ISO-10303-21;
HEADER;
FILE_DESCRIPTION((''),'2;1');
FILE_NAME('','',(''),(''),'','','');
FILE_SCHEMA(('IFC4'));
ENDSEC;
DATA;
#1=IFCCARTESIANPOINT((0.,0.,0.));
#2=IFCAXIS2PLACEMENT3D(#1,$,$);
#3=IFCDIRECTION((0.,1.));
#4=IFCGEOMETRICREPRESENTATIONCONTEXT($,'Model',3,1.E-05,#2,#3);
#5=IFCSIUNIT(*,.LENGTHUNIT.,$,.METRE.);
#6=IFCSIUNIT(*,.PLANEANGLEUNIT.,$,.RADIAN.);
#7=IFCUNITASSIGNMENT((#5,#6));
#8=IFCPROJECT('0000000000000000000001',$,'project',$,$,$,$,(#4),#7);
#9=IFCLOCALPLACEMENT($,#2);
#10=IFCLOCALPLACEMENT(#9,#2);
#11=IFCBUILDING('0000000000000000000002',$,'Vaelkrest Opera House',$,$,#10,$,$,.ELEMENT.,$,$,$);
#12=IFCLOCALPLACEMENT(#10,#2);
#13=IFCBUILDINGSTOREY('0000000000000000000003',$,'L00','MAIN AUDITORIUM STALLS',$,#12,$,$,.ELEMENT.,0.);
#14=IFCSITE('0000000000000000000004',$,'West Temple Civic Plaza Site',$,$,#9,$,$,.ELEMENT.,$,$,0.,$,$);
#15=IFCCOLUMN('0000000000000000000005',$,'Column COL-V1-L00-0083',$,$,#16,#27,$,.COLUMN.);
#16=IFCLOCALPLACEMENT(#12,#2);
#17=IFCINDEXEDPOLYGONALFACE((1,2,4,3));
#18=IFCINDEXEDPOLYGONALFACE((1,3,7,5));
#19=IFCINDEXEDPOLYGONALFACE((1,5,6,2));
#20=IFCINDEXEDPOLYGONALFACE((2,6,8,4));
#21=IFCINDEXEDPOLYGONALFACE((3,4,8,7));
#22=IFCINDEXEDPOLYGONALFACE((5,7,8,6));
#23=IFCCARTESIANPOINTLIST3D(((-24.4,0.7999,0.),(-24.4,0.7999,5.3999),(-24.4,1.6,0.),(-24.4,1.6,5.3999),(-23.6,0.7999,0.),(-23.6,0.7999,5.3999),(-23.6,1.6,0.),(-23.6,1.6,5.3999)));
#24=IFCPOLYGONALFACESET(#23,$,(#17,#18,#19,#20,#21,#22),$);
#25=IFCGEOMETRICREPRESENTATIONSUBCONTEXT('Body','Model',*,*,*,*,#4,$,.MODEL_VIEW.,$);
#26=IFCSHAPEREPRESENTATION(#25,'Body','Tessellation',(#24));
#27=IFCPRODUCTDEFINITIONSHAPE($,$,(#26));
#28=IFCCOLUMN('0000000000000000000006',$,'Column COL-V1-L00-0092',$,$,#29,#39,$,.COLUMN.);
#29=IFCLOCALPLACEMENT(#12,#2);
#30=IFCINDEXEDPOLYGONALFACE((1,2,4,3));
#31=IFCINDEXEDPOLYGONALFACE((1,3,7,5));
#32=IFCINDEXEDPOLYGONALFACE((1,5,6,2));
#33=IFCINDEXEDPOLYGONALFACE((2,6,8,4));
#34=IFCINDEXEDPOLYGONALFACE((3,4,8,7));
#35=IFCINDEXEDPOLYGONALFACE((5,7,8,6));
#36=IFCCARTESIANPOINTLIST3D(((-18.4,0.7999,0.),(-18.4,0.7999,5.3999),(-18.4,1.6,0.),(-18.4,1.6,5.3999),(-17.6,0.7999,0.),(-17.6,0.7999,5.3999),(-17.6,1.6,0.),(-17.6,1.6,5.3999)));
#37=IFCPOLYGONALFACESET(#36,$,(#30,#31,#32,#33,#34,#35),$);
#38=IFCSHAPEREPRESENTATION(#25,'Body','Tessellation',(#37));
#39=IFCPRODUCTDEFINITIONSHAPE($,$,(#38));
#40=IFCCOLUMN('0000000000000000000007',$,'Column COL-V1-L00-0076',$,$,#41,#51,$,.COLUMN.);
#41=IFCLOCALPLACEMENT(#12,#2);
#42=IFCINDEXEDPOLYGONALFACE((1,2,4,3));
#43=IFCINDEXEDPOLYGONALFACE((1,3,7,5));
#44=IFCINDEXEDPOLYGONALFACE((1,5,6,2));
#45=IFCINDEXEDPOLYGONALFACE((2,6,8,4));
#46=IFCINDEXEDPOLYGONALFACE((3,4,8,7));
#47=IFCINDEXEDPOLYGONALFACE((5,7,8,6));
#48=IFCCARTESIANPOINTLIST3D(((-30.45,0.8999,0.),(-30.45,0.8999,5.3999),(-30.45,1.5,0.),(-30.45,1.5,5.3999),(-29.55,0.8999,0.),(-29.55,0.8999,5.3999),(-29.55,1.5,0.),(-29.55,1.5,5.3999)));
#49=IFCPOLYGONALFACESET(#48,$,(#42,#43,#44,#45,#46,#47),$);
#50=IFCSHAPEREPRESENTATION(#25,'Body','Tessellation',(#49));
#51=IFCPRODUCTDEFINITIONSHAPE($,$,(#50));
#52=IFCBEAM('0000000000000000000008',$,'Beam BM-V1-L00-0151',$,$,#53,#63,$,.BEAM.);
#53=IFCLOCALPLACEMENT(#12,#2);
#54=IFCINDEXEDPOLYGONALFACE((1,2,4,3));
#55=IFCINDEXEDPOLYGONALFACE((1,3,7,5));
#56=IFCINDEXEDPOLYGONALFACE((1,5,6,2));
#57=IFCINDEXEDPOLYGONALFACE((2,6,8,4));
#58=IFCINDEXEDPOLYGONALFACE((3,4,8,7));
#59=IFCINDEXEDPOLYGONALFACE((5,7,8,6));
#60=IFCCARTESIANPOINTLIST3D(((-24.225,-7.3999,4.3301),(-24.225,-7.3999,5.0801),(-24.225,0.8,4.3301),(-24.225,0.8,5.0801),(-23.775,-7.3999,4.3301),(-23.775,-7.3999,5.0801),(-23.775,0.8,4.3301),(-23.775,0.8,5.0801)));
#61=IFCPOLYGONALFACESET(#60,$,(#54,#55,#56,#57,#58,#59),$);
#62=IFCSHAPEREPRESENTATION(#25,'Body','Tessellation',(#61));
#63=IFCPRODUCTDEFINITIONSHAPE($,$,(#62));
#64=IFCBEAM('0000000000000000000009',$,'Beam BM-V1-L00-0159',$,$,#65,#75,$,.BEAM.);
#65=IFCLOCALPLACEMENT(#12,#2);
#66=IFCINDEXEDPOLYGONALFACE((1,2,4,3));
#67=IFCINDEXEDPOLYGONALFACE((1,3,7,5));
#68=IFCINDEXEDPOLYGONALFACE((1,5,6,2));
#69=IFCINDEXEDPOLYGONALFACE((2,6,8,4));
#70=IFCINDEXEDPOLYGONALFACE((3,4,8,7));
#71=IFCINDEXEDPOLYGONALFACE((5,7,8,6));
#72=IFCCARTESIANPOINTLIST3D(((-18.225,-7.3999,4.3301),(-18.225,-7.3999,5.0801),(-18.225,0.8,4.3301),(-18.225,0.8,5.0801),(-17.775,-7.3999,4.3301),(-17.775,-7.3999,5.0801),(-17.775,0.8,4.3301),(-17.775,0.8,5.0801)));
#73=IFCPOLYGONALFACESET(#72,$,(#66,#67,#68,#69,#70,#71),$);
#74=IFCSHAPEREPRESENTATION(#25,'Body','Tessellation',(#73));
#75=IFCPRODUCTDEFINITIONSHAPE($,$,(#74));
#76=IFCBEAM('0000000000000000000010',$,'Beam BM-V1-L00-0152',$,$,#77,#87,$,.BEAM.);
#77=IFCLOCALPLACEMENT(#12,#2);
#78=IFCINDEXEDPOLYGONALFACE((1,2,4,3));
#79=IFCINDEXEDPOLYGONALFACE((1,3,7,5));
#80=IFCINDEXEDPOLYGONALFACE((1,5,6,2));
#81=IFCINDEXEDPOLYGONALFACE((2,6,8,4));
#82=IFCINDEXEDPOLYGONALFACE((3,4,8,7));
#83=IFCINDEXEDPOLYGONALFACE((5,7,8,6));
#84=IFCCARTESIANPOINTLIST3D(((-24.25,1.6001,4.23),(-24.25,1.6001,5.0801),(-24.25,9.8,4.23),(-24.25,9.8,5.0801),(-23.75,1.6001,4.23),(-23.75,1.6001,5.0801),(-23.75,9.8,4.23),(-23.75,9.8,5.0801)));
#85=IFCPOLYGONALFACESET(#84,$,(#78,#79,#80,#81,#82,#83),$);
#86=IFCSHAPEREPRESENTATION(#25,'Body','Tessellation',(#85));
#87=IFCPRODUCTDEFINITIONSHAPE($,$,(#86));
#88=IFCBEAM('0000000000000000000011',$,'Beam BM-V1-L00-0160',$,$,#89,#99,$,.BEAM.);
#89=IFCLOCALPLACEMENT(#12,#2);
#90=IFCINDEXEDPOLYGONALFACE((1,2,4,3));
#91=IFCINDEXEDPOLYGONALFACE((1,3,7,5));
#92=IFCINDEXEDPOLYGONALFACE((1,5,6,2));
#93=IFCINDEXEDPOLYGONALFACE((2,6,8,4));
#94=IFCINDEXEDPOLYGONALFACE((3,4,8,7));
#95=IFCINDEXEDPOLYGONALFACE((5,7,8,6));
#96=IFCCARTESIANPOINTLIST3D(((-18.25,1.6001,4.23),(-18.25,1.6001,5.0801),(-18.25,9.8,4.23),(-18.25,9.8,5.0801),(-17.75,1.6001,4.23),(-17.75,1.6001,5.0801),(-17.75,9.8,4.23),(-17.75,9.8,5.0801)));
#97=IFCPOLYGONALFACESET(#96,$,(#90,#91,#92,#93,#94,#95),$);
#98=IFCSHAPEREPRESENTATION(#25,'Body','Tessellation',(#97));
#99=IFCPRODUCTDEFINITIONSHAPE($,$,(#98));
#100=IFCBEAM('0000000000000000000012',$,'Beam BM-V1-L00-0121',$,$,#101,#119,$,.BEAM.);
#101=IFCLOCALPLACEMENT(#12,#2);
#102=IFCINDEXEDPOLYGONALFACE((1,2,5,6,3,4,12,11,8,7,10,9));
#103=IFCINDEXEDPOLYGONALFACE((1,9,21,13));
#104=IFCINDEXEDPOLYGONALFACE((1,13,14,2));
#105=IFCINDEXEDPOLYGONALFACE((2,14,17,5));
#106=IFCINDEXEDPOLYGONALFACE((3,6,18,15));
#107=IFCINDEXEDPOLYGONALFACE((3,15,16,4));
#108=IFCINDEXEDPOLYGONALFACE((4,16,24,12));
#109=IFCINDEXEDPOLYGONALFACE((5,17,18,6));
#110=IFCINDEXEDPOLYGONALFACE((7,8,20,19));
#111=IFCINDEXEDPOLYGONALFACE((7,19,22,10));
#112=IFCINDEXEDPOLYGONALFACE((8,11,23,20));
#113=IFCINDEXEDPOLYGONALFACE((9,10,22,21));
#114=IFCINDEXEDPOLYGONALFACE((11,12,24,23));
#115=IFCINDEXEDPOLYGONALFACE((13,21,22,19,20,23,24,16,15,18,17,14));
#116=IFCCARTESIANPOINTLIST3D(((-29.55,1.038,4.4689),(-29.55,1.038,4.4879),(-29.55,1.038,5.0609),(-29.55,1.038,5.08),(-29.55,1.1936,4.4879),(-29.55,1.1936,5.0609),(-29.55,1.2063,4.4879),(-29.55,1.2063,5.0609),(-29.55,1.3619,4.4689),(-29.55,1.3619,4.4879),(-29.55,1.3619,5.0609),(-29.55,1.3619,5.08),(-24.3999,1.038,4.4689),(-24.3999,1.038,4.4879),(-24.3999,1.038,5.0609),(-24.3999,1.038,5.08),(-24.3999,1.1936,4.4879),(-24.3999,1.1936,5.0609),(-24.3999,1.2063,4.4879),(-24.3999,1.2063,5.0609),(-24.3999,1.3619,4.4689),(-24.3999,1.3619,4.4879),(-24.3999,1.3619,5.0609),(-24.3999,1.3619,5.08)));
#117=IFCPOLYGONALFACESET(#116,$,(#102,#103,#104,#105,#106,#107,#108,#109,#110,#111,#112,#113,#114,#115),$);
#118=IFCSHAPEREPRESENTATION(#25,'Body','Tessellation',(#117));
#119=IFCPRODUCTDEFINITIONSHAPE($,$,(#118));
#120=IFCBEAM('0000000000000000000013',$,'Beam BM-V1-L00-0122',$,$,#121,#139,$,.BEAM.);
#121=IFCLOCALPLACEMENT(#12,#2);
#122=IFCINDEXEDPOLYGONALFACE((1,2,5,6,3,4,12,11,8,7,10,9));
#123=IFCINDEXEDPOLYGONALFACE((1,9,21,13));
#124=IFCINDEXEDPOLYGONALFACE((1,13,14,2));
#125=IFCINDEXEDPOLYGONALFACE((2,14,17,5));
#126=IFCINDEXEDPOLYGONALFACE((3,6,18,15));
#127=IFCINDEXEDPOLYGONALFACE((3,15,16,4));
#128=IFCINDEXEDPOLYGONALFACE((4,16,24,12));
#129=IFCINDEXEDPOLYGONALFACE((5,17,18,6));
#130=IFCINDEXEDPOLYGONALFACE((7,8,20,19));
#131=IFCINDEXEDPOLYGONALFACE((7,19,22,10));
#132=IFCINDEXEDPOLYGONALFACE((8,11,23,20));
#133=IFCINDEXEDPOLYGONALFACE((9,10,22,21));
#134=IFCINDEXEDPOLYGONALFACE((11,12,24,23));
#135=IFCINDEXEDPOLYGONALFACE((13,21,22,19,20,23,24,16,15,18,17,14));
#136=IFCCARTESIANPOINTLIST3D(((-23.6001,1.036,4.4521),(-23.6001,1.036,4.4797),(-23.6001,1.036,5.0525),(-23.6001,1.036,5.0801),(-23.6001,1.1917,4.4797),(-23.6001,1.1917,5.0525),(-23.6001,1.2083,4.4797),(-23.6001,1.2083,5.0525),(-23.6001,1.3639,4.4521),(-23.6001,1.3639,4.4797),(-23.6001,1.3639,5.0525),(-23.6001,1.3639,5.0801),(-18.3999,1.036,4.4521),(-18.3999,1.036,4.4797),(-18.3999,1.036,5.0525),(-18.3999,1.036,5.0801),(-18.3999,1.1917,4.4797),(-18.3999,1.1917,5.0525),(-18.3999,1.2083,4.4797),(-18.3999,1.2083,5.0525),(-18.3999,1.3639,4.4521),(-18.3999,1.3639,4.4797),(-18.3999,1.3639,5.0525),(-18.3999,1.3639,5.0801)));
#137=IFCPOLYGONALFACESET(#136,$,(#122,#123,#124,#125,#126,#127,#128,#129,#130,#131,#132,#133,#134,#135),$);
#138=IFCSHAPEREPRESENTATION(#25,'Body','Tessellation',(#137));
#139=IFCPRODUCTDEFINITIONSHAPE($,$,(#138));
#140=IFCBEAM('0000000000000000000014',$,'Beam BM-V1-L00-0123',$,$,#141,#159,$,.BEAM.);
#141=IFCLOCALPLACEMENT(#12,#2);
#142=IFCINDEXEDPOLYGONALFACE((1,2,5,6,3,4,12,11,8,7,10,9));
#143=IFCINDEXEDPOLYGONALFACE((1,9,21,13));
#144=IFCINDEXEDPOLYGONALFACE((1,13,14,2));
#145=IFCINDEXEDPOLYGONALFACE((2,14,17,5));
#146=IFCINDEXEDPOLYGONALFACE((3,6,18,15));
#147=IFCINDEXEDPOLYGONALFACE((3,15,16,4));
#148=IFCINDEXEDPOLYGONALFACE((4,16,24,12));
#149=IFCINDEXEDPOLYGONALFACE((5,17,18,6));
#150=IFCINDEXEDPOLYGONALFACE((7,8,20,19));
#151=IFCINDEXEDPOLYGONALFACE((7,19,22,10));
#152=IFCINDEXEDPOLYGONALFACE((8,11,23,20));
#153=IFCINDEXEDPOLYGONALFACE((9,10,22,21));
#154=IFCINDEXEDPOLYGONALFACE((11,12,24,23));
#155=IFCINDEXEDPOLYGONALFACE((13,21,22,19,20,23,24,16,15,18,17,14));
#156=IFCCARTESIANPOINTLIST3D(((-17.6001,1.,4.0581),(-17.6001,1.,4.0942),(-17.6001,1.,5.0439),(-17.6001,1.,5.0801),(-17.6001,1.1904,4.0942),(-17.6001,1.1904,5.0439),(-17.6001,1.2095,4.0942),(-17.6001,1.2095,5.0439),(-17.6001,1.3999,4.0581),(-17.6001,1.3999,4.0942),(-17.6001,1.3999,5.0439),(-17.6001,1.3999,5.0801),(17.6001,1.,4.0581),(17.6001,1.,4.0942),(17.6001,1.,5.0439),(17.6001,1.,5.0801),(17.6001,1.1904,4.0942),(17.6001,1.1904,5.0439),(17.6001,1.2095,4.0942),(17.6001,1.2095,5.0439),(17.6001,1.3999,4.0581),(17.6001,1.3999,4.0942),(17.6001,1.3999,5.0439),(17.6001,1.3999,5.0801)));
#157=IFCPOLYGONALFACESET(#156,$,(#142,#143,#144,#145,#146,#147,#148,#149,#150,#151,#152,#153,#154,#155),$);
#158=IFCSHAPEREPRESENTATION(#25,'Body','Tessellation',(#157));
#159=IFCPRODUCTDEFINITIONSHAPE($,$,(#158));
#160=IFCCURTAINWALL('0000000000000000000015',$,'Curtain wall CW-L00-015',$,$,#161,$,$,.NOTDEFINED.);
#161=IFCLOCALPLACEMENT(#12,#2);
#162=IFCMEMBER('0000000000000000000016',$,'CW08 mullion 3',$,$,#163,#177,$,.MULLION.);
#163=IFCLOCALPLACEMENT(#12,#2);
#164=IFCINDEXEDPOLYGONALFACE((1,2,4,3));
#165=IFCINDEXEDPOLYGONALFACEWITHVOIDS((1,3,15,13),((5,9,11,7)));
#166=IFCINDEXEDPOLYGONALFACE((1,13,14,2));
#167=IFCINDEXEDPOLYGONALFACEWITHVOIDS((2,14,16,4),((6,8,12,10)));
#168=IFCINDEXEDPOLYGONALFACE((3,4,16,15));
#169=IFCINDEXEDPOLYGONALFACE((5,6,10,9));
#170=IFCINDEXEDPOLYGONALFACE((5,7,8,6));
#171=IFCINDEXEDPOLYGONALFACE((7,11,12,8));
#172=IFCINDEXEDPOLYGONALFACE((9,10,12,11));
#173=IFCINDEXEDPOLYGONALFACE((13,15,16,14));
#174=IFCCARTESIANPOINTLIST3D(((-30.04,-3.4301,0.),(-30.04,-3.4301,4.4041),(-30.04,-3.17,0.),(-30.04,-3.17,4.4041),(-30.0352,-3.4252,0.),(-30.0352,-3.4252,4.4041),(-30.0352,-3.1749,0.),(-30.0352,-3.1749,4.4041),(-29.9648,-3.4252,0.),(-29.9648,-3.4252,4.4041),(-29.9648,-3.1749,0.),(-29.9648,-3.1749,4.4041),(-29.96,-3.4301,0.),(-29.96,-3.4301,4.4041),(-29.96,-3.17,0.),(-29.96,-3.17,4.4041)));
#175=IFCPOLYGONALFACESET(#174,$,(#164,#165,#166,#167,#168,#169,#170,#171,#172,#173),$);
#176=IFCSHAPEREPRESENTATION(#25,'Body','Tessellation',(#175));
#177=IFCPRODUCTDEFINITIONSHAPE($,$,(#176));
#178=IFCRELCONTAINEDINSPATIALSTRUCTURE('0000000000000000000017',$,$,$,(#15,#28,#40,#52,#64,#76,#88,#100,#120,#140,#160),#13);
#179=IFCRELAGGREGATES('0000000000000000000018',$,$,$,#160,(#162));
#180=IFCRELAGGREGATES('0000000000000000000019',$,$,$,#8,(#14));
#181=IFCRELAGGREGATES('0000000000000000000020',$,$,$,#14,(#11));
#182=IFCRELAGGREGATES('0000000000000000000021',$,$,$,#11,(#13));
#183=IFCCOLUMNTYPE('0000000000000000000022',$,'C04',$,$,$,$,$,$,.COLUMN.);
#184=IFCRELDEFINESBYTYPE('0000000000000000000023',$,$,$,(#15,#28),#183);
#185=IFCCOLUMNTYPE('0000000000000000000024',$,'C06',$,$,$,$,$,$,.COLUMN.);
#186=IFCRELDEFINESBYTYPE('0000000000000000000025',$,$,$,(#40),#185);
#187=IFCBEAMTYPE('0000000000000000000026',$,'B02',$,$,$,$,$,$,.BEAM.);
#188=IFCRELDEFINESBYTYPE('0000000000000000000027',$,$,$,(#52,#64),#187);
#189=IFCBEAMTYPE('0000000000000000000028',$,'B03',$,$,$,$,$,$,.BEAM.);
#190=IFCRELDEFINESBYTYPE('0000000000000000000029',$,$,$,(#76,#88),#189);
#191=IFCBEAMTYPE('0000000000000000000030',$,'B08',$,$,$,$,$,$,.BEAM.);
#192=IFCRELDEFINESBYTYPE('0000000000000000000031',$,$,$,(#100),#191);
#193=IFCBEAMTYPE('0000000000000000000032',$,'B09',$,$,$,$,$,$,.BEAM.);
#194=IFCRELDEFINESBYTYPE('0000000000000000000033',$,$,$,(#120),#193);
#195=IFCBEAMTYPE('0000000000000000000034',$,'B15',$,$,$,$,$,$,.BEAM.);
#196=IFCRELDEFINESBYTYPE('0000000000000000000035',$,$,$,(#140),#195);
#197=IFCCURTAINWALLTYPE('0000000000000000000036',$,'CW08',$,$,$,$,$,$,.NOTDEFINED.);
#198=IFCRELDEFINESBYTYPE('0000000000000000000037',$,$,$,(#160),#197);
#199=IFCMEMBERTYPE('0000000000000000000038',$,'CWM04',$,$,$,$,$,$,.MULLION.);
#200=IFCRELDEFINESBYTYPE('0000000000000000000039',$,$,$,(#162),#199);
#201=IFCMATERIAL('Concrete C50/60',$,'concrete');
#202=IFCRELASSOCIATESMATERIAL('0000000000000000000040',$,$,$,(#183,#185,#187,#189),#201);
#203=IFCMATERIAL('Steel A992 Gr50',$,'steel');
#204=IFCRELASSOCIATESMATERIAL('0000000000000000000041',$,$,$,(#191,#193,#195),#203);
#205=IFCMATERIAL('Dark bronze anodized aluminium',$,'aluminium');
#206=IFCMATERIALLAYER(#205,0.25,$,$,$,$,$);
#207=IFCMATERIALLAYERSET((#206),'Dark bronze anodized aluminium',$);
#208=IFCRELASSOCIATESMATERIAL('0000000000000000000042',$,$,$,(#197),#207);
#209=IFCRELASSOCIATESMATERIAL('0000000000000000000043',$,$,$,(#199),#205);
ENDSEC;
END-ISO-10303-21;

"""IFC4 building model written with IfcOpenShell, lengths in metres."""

from ifc_helpers import new_model, si_unit, direction, frame, origin, origin_2d, place, context, subcontext, project, spatial, rectangle, hollow_rectangle, i_section, extrude, material, layer, layer_set, material_profile, profile_set, type_object, element, aggregate, save


model = new_model("IFC4")

# Units and contexts
model_context = context("Model", 3, precision=1e-05, world=origin(), true_north=direction((0.0, 1.0)))
body_context = subcontext(model_context, "Body", "Model", "MODEL_VIEW")
ifc_project = project(units=[si_unit("LENGTHUNIT", "METRE"), si_unit("PLANEANGLEUNIT", "RADIAN")], contexts=[model_context])

# Site, building, storey
site_placement = place(None, origin())
site = spatial("IfcSite", under=ifc_project, at=site_placement, Name="West Temple Civic Plaza Site", CompositionType="ELEMENT", RefElevation=0.0)
building_placement = place(site_placement, origin())
building = spatial("IfcBuilding", under=site, at=building_placement, Name="Vaelkrest Opera House", CompositionType="ELEMENT")
storey_placement = place(building_placement, origin())
storey = spatial("IfcBuildingStorey", under=building, at=storey_placement, Name="L00", Description="MAIN AUDITORIUM STALLS", CompositionType="ELEMENT", Elevation=0.0)

# Columns
ifc_material_1 = material(Name="Concrete C50/60", Category="concrete")
ifc_material_profile_1 = material_profile(ifc_material_1, rectangle(XDim=0.8, YDim=0.8, at=origin_2d()), Name="RC800X800")
ifc_profile_set_1 = profile_set([ifc_material_profile_1], Name="Concrete C50/60")
column_type_1 = type_object("IfcColumnType", Name="C04", PredefinedType="COLUMN", material=ifc_profile_set_1)
for number, where, z_axis, x_axis, name in (
    (1, (-24.0, 1.2, 0.0), (0.0, 0.0, 1.0), (1.0, 0.0, 0.0), "Column COL-V1-L00-0083"),
    (2, (-18.0, 1.2, 0.0), (0.0, 0.0, 1.0), (1.0, 0.0, 0.0), "Column COL-V1-L00-0092"),
):
    element("IfcColumn", number, at=place(storey_placement, frame(where, z_axis=z_axis, x_axis=x_axis)), inside=storey, type_object=column_type_1, Name=name, PredefinedType="COLUMN", context=body_context, shape_type="SweptSolid", body=[
        extrude(rectangle(XDim=0.8, YDim=0.8, at=origin_2d()), origin(), (0.0, 0.0, 1.0), 5.3999),
    ])
ifc_material_profile_2 = material_profile(ifc_material_1, rectangle(XDim=0.6001, YDim=0.8999, at=origin_2d()), Name="RC600X900")
ifc_profile_set_2 = profile_set([ifc_material_profile_2], Name="Concrete C50/60")
column_type_2 = type_object("IfcColumnType", Name="C06", PredefinedType="COLUMN", material=ifc_profile_set_2)
column_placement = place(storey_placement, frame((-30.0, 1.2, 0.0), z_axis=(0.0, 0.0, 1.0), x_axis=(0.0, 1.0, 0.0)))
element("IfcColumn", 3, at=column_placement, inside=storey, type_object=column_type_2, Name="Column COL-V1-L00-0076", PredefinedType="COLUMN", context=body_context, shape_type="SweptSolid", body=[
    extrude(rectangle(XDim=0.6001, YDim=0.8999, at=origin_2d()), origin(), (0.0, 0.0, 1.0), 5.3999),
])

# Beams
ifc_material_profile_3 = material_profile(ifc_material_1, rectangle(XDim=0.45, YDim=0.75, at=origin_2d()), Name="RCB450X750")
ifc_profile_set_3 = profile_set([ifc_material_profile_3], Name="Concrete C50/60")
beam_type_1 = type_object("IfcBeamType", Name="B02", PredefinedType="BEAM", material=ifc_profile_set_3)
for number, where, z_axis, x_axis, name in (
    (4, (-24.0, -7.3999, 4.7051), (0.0, 1.0, 0.0), (-1.0, 0.0, 0.0), "Beam BM-V1-L00-0151"),
    (5, (-18.0, -7.3999, 4.7051), (0.0, 1.0, 0.0), (-1.0, 0.0, 0.0), "Beam BM-V1-L00-0159"),
):
    element("IfcBeam", number, at=place(storey_placement, frame(where, z_axis=z_axis, x_axis=x_axis)), inside=storey, type_object=beam_type_1, Name=name, PredefinedType="BEAM", context=body_context, shape_type="SweptSolid", body=[
        extrude(rectangle(XDim=0.45, YDim=0.75, at=origin_2d()), origin(), (0.0, 0.0, 1.0), 8.2),
    ])
ifc_material_profile_4 = material_profile(ifc_material_1, rectangle(XDim=0.5, YDim=0.8501, at=origin_2d()), Name="RCB500X850")
ifc_profile_set_4 = profile_set([ifc_material_profile_4], Name="Concrete C50/60")
beam_type_2 = type_object("IfcBeamType", Name="B03", PredefinedType="BEAM", material=ifc_profile_set_4)
for number, where, z_axis, x_axis, name in (
    (6, (-24.0, 1.6001, 4.655), (0.0, 1.0, 0.0), (-1.0, 0.0, 0.0), "Beam BM-V1-L00-0152"),
    (7, (-18.0, 1.6001, 4.655), (0.0, 1.0, 0.0), (-1.0, 0.0, 0.0), "Beam BM-V1-L00-0160"),
):
    element("IfcBeam", number, at=place(storey_placement, frame(where, z_axis=z_axis, x_axis=x_axis)), inside=storey, type_object=beam_type_2, Name=name, PredefinedType="BEAM", context=body_context, shape_type="SweptSolid", body=[
        extrude(rectangle(XDim=0.5, YDim=0.8501, at=origin_2d()), origin(), (0.0, 0.0, 1.0), 8.2),
    ])
ifc_material_2 = material(Name="Steel A992 Gr50", Category="steel")
ifc_material_profile_5 = material_profile(ifc_material_2, i_section(OverallWidth=0.324, OverallDepth=0.6111, WebThickness=0.0127, FlangeThickness=0.019, at=origin_2d()), Name="W24X104")
ifc_profile_set_5 = profile_set([ifc_material_profile_5], Name="Steel A992 Gr50")
beam_type_3 = type_object("IfcBeamType", Name="B08", PredefinedType="BEAM", material=ifc_profile_set_5)
beam_1_placement = place(storey_placement, frame((-29.55, 1.2, 4.7744), z_axis=(1.0, 0.0, 0.0), x_axis=(0.0, 1.0, 0.0)))
element("IfcBeam", 8, at=beam_1_placement, inside=storey, type_object=beam_type_3, Name="Beam BM-V1-L00-0121", PredefinedType="BEAM", context=body_context, shape_type="SweptSolid", body=[
    extrude(i_section(OverallWidth=0.324, OverallDepth=0.6111, WebThickness=0.0127, FlangeThickness=0.019, at=origin_2d()), origin(), (0.0, 0.0, 1.0), 5.1501),
])
ifc_material_profile_6 = material_profile(ifc_material_2, i_section(OverallWidth=0.3279, OverallDepth=0.6279, WebThickness=0.0166, FlangeThickness=0.0276, at=origin_2d()), Name="W24X146")
ifc_profile_set_6 = profile_set([ifc_material_profile_6], Name="Steel A992 Gr50")
beam_type_4 = type_object("IfcBeamType", Name="B09", PredefinedType="BEAM", material=ifc_profile_set_6)
beam_2_placement = place(storey_placement, frame((-23.6001, 1.2, 4.7661), z_axis=(1.0, 0.0, 0.0), x_axis=(0.0, 1.0, 0.0)))
element("IfcBeam", 9, at=beam_2_placement, inside=storey, type_object=beam_type_4, Name="Beam BM-V1-L00-0122", PredefinedType="BEAM", context=body_context, shape_type="SweptSolid", body=[
    extrude(i_section(OverallWidth=0.3279, OverallDepth=0.6279, WebThickness=0.0166, FlangeThickness=0.0276, at=origin_2d()), origin(), (0.0, 0.0, 1.0), 5.2002),
])
ifc_material_profile_7 = material_profile(ifc_material_2, i_section(OverallWidth=0.3999, OverallDepth=1.022, WebThickness=0.019, FlangeThickness=0.0361, at=origin_2d()), Name="W40X249")
ifc_profile_set_7 = profile_set([ifc_material_profile_7], Name="Steel A992 Gr50")
beam_type_5 = type_object("IfcBeamType", Name="B15", PredefinedType="BEAM", material=ifc_profile_set_7)
beam_3_placement = place(storey_placement, frame((-17.6001, 1.2, 4.5691), z_axis=(1.0, 0.0, 0.0), x_axis=(0.0, 1.0, 0.0)))
element("IfcBeam", 10, at=beam_3_placement, inside=storey, type_object=beam_type_5, Name="Beam BM-V1-L00-0123", PredefinedType="BEAM", context=body_context, shape_type="SweptSolid", body=[
    extrude(i_section(OverallWidth=0.3999, OverallDepth=1.022, WebThickness=0.019, FlangeThickness=0.0361, at=origin_2d()), origin(), (0.0, 0.0, 1.0), 35.2002),
])

# Curtain wall, member
ifc_material_3 = material(Name="Dark bronze anodized aluminium", Category="aluminium")
ifc_layer_1 = layer(ifc_material_3, 0.25)
ifc_layer_set_1 = layer_set([ifc_layer_1], Name="Dark bronze anodized aluminium")
curtain_wall_type = type_object("IfcCurtainWallType", Name="CW08", PredefinedType="NOTDEFINED", material=ifc_layer_set_1)
curtain_wall_placement = place(storey_placement, origin())
curtain_wall = element("IfcCurtainWall", 11, at=curtain_wall_placement, inside=storey, type_object=curtain_wall_type, Name="Curtain wall CW-L00-015", PredefinedType="NOTDEFINED")
ifc_material_profile_8 = material_profile(ifc_material_3, hollow_rectangle(XDim=0.0801, YDim=0.26, WallThickness=0.0049, at=origin_2d()), Name="CWM80X260")
ifc_profile_set_8 = profile_set([ifc_material_profile_8], Name="Dark bronze anodized aluminium")
member_type_1 = type_object("IfcMemberType", Name="CWM04", PredefinedType="MULLION", material=ifc_profile_set_8)
member_1_placement = place(storey_placement, frame((-30.0, -3.3, 0.0), z_axis=(0.0, 0.0, 1.0), x_axis=(-1.0, 0.0, 0.0)))
member_1 = element("IfcMember", 12, at=member_1_placement, type_object=member_type_1, Name="CW08 mullion 3", PredefinedType="MULLION", context=body_context, shape_type="SweptSolid", body=[
    extrude(hollow_rectangle(XDim=0.0801, YDim=0.26, WallThickness=0.0049, at=origin_2d()), origin(), (0.0, 0.0, 1.0), 4.4041),
])

aggregate(curtain_wall, [member_1])

save(model, "model.ifc")
